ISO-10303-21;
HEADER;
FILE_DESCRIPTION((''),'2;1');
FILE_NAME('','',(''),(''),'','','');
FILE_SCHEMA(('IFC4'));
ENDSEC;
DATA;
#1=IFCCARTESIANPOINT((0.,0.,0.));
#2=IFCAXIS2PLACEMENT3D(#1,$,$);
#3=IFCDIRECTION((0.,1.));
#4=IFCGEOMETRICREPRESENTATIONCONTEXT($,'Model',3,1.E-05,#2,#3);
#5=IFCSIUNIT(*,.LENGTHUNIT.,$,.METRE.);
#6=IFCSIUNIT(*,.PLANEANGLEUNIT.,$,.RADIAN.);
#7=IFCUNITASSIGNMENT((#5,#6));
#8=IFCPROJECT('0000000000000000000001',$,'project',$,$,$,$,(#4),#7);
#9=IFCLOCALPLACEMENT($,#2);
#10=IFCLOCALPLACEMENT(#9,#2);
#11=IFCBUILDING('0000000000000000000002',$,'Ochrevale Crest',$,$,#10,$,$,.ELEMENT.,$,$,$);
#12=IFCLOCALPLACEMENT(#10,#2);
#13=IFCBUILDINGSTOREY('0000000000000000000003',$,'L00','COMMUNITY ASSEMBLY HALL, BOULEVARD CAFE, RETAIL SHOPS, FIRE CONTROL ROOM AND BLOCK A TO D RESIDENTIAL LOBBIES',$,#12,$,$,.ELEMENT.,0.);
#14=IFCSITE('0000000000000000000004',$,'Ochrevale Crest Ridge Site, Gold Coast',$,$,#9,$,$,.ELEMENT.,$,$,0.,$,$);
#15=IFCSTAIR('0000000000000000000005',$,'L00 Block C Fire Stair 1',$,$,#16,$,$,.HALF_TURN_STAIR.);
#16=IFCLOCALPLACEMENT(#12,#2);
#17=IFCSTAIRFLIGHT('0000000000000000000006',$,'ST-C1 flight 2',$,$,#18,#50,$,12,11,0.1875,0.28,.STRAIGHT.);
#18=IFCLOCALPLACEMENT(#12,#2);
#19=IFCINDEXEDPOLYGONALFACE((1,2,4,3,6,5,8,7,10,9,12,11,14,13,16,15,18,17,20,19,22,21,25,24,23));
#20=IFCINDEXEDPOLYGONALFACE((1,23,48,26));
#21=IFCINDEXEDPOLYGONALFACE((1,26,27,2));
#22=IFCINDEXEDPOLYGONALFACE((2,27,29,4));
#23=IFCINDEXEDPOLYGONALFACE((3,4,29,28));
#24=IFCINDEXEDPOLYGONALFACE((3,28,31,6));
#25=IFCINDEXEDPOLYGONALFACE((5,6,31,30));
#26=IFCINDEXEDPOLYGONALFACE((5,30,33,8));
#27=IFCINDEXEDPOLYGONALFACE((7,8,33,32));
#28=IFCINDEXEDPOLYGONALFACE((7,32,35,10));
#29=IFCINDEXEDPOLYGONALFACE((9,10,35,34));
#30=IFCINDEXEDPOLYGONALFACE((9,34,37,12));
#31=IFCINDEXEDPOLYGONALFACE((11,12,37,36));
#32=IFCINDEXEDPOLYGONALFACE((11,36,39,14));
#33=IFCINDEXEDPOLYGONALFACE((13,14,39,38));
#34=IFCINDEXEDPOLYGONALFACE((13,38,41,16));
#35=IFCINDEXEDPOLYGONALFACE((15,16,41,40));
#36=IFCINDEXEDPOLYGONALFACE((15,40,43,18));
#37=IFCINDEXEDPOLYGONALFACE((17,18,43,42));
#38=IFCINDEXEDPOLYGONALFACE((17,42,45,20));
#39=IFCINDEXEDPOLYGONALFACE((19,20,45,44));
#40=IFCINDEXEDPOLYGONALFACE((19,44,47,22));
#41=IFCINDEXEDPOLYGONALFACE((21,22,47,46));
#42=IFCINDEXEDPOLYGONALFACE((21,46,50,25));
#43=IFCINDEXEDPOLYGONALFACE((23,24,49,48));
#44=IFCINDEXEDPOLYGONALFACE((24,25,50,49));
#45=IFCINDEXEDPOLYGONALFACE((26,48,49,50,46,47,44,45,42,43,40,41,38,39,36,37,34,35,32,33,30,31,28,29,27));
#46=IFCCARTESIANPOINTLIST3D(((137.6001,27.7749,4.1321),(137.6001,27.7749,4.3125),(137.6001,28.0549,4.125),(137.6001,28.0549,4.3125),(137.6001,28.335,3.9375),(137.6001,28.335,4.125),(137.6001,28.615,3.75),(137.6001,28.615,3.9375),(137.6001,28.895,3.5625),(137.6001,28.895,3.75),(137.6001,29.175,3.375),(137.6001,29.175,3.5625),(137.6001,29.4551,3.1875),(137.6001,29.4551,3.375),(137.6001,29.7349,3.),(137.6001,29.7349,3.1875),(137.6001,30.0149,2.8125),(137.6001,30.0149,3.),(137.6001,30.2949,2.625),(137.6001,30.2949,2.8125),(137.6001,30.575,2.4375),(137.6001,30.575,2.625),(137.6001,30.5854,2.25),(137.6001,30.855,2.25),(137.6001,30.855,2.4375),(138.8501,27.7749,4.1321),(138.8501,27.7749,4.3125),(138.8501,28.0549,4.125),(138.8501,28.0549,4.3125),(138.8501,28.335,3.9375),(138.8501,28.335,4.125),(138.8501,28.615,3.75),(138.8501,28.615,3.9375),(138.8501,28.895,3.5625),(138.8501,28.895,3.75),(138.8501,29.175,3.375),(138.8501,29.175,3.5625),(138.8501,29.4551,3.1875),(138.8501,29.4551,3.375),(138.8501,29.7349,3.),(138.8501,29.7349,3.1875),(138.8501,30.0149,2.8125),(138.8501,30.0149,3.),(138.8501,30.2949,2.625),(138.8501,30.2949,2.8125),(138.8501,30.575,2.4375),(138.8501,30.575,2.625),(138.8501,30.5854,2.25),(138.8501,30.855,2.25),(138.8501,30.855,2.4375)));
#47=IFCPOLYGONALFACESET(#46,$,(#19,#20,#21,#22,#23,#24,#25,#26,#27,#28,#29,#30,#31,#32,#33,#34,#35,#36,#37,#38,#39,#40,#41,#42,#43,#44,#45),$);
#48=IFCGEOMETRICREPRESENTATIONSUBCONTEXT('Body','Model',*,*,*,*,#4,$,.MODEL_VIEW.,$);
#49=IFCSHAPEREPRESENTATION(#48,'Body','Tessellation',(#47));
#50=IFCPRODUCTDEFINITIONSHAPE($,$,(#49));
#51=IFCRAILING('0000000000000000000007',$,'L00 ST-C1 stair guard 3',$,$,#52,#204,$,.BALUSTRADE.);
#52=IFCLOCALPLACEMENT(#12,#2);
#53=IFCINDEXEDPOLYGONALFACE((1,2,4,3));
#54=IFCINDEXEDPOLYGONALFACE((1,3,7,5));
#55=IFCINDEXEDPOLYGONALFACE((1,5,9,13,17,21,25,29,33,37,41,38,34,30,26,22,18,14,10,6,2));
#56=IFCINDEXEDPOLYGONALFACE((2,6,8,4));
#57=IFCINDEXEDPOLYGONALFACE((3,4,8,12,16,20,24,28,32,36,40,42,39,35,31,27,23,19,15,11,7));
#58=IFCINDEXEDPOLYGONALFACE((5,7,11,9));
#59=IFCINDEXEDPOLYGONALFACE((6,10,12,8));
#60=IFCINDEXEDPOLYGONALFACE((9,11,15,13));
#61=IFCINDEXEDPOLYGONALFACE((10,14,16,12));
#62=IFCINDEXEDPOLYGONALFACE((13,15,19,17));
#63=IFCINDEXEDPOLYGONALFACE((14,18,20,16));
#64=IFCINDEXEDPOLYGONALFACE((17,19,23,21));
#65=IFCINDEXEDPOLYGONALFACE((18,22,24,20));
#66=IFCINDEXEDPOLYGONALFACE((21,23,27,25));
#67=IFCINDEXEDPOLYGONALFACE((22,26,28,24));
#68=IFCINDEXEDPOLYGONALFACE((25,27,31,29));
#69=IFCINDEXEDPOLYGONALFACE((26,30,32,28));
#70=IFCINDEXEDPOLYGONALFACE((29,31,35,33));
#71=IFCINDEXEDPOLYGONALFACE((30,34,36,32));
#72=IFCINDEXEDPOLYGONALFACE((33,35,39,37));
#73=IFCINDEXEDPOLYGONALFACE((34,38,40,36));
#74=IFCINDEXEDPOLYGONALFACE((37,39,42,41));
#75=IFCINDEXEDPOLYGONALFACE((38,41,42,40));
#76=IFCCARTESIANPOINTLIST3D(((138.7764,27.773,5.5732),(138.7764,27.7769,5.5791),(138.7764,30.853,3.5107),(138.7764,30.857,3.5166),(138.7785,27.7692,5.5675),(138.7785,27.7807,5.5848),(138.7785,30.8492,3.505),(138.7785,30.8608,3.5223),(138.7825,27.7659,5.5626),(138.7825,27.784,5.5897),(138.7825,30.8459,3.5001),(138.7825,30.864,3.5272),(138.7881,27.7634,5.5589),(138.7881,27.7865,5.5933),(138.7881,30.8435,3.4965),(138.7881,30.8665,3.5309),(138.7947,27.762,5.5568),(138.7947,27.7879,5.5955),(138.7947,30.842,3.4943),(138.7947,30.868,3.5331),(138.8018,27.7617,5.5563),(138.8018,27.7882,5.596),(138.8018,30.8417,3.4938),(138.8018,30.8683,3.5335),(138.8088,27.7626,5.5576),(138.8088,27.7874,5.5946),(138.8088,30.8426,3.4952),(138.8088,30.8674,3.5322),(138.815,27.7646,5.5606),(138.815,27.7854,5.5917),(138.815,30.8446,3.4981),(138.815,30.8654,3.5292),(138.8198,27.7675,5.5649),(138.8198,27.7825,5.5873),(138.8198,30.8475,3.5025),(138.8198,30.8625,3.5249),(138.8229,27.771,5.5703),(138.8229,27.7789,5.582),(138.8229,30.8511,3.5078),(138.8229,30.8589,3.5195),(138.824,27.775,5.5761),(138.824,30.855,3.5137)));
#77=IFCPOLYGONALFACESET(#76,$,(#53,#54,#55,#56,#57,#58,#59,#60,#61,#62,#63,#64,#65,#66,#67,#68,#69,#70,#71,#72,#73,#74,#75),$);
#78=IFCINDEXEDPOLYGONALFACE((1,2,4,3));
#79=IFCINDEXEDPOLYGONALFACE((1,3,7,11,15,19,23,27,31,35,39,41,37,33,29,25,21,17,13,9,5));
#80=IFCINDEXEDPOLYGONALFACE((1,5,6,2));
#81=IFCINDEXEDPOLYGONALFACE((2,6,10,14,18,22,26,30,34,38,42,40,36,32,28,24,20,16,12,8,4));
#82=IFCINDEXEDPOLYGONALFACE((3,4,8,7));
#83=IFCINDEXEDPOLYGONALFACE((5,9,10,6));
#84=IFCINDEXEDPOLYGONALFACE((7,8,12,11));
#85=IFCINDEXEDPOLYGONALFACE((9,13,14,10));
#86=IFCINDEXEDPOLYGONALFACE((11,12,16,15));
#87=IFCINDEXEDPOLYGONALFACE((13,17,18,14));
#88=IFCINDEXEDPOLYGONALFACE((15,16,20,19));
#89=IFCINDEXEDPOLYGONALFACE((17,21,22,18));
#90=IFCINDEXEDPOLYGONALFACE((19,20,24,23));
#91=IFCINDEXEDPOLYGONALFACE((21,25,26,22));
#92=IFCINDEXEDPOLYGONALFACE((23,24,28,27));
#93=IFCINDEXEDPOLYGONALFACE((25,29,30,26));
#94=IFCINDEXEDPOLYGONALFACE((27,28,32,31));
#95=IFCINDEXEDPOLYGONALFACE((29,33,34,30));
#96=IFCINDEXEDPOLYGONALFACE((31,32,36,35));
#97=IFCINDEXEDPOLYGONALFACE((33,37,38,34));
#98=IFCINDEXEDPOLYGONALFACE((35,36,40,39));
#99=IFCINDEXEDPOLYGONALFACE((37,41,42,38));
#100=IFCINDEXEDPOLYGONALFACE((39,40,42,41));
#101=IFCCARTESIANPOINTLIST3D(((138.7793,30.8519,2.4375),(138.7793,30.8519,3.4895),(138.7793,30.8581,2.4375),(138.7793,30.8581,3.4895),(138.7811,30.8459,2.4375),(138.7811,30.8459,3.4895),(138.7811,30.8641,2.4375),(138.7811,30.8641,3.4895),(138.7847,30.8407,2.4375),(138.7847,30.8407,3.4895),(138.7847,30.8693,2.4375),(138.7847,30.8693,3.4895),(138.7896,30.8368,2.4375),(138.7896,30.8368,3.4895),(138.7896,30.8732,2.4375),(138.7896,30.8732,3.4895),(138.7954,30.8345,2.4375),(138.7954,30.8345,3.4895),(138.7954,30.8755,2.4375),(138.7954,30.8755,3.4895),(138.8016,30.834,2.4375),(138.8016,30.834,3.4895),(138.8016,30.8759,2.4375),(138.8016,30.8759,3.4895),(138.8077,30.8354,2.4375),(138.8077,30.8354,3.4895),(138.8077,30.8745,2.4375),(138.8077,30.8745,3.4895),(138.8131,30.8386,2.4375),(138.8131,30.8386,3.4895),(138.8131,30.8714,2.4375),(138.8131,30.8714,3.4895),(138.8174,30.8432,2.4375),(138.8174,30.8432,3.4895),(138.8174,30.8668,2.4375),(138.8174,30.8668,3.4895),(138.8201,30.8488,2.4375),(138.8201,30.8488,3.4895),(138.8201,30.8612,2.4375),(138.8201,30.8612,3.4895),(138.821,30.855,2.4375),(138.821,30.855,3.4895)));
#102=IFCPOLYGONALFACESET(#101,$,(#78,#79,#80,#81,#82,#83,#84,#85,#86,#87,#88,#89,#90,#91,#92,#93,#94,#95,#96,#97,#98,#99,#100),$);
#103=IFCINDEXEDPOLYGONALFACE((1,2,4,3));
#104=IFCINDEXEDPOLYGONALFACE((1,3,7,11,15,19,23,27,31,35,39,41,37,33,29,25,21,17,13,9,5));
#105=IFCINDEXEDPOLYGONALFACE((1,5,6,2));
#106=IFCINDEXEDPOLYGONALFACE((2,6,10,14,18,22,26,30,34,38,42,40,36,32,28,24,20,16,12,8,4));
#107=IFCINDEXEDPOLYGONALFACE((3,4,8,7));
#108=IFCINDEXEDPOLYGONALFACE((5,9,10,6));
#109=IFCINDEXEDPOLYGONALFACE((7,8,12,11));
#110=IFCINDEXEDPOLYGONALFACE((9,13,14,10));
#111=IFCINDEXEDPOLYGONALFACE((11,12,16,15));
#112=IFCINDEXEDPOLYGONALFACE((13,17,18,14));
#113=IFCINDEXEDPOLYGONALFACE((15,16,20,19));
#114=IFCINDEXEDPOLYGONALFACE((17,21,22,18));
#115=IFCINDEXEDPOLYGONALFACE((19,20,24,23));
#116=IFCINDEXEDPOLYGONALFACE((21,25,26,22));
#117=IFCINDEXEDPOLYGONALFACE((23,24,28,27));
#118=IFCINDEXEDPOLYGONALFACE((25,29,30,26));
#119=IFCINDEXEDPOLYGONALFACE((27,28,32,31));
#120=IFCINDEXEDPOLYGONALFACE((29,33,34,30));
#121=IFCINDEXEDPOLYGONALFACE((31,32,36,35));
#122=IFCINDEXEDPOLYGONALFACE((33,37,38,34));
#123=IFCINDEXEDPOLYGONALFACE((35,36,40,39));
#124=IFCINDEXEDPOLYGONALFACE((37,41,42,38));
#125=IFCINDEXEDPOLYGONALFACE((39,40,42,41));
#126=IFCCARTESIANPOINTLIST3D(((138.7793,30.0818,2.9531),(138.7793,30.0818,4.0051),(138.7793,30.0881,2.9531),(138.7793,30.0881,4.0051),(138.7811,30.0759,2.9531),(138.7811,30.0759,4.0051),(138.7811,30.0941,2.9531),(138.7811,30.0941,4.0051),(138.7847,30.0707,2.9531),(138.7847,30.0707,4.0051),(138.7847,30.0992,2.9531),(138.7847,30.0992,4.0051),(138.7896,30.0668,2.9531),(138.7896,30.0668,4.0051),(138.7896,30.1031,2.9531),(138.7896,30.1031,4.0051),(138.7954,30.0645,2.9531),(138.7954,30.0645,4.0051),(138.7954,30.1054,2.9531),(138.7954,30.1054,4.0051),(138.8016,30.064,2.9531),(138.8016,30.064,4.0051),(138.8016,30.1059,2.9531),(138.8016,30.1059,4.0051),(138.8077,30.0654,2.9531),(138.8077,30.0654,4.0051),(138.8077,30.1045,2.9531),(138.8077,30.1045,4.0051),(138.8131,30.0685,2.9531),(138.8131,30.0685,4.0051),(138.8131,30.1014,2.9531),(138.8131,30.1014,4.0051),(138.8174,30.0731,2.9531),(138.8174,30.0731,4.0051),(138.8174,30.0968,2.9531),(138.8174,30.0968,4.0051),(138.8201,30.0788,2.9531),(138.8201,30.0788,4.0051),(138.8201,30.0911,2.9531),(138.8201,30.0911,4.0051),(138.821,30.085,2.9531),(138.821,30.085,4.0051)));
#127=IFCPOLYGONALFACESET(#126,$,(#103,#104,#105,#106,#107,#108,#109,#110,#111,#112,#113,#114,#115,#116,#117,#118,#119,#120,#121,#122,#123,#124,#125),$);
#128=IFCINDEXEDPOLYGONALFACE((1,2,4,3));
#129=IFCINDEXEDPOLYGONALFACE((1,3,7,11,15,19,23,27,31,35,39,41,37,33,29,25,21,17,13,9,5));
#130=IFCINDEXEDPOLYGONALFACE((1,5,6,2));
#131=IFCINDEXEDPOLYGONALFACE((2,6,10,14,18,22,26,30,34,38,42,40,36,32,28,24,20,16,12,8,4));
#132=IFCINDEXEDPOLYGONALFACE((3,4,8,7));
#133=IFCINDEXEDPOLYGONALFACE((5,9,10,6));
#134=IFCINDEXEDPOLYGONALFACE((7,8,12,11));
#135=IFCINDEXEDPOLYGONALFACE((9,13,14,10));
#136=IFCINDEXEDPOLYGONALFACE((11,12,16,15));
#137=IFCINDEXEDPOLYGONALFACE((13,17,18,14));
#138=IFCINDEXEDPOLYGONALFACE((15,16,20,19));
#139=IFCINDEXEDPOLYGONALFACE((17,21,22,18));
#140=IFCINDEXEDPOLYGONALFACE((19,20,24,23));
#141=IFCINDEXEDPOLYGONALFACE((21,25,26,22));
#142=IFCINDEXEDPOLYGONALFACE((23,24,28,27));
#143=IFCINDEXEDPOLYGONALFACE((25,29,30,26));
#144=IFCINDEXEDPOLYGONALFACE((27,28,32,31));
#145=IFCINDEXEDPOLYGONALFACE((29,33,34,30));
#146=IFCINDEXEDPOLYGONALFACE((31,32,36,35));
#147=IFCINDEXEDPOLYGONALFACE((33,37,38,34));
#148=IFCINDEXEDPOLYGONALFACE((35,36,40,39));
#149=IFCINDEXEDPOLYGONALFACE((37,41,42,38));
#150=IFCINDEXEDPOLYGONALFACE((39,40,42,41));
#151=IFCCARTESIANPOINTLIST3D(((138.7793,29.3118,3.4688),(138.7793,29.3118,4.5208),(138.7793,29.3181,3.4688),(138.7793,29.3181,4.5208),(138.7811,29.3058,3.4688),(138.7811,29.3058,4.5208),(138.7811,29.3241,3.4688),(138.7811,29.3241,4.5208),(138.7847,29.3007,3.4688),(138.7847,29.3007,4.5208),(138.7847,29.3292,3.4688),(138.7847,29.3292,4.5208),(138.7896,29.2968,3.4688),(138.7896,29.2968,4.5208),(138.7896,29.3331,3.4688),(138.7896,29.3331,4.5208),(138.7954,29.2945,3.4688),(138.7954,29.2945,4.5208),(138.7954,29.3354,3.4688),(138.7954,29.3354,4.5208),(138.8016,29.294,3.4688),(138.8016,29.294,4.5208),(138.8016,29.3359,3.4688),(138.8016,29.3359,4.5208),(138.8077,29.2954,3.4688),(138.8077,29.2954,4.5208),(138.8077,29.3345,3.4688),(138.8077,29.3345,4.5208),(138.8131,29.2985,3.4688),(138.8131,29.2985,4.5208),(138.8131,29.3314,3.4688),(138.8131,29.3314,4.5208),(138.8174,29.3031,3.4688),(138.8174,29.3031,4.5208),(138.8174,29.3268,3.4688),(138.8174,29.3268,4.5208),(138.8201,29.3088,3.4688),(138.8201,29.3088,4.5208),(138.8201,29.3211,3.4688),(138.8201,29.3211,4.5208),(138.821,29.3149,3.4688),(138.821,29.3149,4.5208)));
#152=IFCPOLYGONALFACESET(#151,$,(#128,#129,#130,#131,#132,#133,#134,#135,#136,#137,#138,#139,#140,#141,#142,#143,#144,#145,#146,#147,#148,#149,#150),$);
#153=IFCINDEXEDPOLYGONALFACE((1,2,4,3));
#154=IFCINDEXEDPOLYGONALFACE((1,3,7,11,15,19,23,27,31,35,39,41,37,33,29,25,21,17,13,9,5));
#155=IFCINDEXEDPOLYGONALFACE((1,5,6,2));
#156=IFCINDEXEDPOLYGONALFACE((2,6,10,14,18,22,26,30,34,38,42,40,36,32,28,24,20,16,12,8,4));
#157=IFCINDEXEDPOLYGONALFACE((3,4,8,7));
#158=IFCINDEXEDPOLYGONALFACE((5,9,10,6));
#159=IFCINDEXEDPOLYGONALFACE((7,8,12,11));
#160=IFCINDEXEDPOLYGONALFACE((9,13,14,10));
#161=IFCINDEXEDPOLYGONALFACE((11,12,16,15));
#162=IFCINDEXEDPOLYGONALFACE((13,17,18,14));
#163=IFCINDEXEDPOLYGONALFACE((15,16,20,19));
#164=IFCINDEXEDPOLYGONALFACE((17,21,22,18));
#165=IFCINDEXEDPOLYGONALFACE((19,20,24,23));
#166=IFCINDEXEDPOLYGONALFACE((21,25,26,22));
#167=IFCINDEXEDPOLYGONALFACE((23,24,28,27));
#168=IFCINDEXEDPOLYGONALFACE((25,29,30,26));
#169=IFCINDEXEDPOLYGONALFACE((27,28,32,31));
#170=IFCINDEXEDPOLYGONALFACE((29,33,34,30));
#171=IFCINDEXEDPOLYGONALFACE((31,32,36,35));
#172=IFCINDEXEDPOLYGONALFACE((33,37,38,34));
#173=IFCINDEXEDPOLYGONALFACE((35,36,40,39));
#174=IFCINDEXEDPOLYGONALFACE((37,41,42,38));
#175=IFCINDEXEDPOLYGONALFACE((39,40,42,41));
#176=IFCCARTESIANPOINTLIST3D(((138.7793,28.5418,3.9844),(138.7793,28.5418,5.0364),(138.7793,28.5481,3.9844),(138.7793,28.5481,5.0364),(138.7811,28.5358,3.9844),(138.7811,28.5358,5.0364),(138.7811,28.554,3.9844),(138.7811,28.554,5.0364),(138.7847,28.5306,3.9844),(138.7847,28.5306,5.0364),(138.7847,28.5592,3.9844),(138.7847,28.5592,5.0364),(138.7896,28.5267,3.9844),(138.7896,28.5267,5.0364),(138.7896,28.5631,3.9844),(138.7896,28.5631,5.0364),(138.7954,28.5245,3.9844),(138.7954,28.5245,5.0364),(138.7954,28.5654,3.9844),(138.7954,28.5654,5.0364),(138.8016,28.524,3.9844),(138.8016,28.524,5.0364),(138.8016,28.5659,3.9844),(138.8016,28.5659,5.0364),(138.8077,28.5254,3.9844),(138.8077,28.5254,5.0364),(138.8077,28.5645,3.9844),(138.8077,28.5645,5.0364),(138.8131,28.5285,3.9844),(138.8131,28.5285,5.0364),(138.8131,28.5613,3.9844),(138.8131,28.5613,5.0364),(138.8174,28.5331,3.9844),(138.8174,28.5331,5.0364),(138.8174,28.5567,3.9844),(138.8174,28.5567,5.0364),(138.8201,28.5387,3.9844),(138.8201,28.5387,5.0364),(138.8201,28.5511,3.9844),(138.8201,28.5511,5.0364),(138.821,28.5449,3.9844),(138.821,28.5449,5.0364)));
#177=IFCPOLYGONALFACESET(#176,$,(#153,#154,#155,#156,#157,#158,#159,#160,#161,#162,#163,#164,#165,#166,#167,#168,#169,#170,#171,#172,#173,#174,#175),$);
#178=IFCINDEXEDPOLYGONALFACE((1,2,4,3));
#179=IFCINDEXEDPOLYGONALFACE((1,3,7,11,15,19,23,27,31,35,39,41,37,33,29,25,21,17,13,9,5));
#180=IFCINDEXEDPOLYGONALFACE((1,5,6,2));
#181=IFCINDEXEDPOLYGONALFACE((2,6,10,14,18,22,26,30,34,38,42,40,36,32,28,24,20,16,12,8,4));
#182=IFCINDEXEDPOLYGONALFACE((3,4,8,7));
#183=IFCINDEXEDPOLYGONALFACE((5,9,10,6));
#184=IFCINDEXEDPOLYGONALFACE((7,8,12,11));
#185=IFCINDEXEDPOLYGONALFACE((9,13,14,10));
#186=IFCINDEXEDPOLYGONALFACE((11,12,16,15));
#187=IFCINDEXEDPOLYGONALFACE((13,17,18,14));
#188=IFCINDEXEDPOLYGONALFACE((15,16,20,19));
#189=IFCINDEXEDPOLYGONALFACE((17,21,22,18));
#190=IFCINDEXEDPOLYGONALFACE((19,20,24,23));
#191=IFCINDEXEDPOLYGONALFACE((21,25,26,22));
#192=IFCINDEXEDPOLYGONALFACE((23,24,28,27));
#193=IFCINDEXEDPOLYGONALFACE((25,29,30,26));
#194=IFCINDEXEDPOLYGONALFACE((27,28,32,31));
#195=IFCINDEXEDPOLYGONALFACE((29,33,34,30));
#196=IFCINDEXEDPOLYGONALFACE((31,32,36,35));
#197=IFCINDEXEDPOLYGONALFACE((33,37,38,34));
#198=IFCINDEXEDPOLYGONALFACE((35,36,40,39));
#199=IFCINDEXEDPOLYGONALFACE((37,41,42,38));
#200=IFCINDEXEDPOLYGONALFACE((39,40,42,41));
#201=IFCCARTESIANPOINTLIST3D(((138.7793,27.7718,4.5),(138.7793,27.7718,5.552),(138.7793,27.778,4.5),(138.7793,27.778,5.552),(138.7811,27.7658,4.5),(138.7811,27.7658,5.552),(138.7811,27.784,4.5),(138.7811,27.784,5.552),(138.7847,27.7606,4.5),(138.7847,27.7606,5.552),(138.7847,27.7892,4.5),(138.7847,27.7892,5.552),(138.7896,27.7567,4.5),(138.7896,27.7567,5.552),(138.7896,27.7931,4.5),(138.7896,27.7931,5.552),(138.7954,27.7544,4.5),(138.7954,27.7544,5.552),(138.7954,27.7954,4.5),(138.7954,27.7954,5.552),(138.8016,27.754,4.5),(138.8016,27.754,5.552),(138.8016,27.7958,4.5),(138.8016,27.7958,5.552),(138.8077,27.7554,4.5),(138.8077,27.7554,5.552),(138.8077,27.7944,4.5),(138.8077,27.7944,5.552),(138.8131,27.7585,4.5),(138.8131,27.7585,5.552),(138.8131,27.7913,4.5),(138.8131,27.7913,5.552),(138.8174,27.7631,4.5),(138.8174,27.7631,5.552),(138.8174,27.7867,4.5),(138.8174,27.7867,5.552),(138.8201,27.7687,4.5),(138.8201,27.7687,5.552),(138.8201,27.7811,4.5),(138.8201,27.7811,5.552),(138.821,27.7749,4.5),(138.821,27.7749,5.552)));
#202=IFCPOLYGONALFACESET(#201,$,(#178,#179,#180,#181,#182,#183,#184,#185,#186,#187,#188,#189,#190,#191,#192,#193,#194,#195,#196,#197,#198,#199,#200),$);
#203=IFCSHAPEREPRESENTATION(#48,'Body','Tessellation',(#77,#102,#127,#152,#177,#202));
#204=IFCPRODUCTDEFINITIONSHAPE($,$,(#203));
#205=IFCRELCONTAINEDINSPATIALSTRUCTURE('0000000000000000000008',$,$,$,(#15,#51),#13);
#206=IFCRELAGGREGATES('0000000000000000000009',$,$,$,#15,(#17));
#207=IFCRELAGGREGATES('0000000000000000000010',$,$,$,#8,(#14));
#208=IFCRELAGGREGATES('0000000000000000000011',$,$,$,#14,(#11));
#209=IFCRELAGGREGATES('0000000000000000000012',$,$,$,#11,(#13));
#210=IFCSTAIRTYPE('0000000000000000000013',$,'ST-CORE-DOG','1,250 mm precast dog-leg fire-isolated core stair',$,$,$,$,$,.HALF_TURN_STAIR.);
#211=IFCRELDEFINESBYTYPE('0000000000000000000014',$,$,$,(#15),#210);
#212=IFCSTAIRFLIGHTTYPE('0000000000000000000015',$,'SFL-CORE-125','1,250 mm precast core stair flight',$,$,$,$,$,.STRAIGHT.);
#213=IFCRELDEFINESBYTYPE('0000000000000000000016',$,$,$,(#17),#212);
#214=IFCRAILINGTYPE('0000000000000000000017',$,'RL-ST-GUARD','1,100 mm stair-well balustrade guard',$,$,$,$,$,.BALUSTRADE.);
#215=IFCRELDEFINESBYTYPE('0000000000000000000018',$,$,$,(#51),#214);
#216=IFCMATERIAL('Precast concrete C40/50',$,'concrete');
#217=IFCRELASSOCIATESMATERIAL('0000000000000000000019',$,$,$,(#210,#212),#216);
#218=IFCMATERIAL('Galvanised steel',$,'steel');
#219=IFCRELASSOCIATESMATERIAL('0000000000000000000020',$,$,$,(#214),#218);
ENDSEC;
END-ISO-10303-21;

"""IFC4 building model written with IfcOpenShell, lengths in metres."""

from ifc_helpers import new_model, si_unit, direction, frame, origin, origin_2d, place, context, subcontext, project, spatial, polyline, circle, outline, extrude, material, type_object, element, aggregate, save


model = new_model("IFC4")

# Units and contexts
model_context = context("Model", 3, precision=1e-05, world=origin(), true_north=direction((0.0, 1.0)))
body_context = subcontext(model_context, "Body", "Model", "MODEL_VIEW")
ifc_project = project(units=[si_unit("LENGTHUNIT", "METRE"), si_unit("PLANEANGLEUNIT", "RADIAN")], contexts=[model_context])

# Site, building, storey
site_placement = place(None, origin())
site = spatial("IfcSite", under=ifc_project, at=site_placement, Name="Ochrevale Crest Ridge Site, Gold Coast", CompositionType="ELEMENT", RefElevation=0.0)
building_placement = place(site_placement, origin())
building = spatial("IfcBuilding", under=site, at=building_placement, Name="Ochrevale Crest", CompositionType="ELEMENT")
storey_placement = place(building_placement, origin())
storey = spatial("IfcBuildingStorey", under=building, at=storey_placement, Name="L00", Description="COMMUNITY ASSEMBLY HALL, BOULEVARD CAFE, RETAIL SHOPS, FIRE CONTROL ROOM AND BLOCK A TO D RESIDENTIAL LOBBIES", CompositionType="ELEMENT", Elevation=0.0)

# Shared definitions
ifc_material_1 = material(Name="Precast concrete C40/50", Category="concrete")

# Stair, stair flight
stair_type = type_object("IfcStairType", Name="ST-CORE-DOG", Description="1,250 mm precast dog-leg fire-isolated core stair", PredefinedType="HALF_TURN_STAIR", material=ifc_material_1)
stair_placement = place(storey_placement, origin())
stair = element("IfcStair", 1, at=stair_placement, inside=storey, type_object=stair_type, Name="L00 Block C Fire Stair 1", PredefinedType="HALF_TURN_STAIR")
stair_flight_type = type_object("IfcStairFlightType", Name="SFL-CORE-125", Description="1,250 mm precast core stair flight", PredefinedType="STRAIGHT", material=ifc_material_1)
stair_flight_placement = place(storey_placement, frame((138.2251, 30.855, 2.25), z_axis=(0.0, 0.0, 1.0), x_axis=(0.0, -1.0, 0.0)))
stair_flight = element("IfcStairFlight", 2, at=stair_flight_placement, type_object=stair_flight_type, Name="ST-C1 flight 2", NumberOfRisers=12, NumberOfTreads=11, PredefinedType="STRAIGHT", RiserHeight=0.1875, TreadLength=0.28, context=body_context, shape_type="SweptSolid", body=[
    extrude(outline(polyline([(0.0, 0.0), (0.0, 0.1875), (0.28, 0.1875), (0.28, 0.375), (0.5601, 0.375), (0.5601, 0.5625), (0.8401, 0.5625), (0.8401, 0.75), (1.1201, 0.75), (1.1201, 0.9375), (1.3999, 0.9375), (1.3999, 1.125), (1.6799, 1.125), (1.6799, 1.3125), (1.96, 1.3125), (1.96, 1.5), (2.24, 1.5), (2.24, 1.6875), (2.52, 1.6875), (2.52, 1.875), (2.8, 1.875), (2.8, 2.0625), (3.0801, 2.0625), (3.0801, 2.25), (3.0801, 1.8821), (0.2695, 0.0), (0.0, 0.0)])), frame((0.0, 0.625, 0.0), z_axis=(0.0, -1.0, 0.0), x_axis=(1.0, 0.0, 0.0)), (0.0, 0.0, 1.0), 1.25),
])
aggregate(stair, [stair_flight])

# Railing
ifc_material_2 = material(Name="Galvanised steel", Category="steel")
railing_type_1 = type_object("IfcRailingType", Name="RL-ST-GUARD", Description="1,100 mm stair-well balustrade guard", PredefinedType="BALUSTRADE", material=ifc_material_2)
railing_1_placement = place(storey_placement, frame((138.8, 30.855, 2.4375)))
element("IfcRailing", 3, at=railing_1_placement, inside=storey, type_object=railing_type_1, Name="L00 ST-C1 stair guard 3", PredefinedType="BALUSTRADE", context=body_context, shape_type="SweptSolid", body=[
    extrude(circle(Radius=0.0239, at=origin_2d()), frame((0.0, 0.0, 1.0762), z_axis=(0.0, -0.830914, 0.556401), x_axis=(1.0, 0.0, 0.0)), (0.0, 0.0, 1.0), 3.7068),
    extrude(circle(Radius=0.021, at=origin_2d()), origin(), (0.0, 0.0, 1.0), 1.052),
    extrude(circle(Radius=0.021, at=origin_2d()), frame((0.0, -0.77, 0.5156)), (0.0, 0.0, 1.0), 1.052),
    extrude(circle(Radius=0.021, at=origin_2d()), frame((0.0, -1.54, 1.0312)), (0.0, 0.0, 1.0), 1.052),
    extrude(circle(Radius=0.021, at=origin_2d()), frame((0.0, -2.3101, 1.5469)), (0.0, 0.0, 1.0), 1.052),
    extrude(circle(Radius=0.021, at=origin_2d()), frame((0.0, -3.0801, 2.0625)), (0.0, 0.0, 1.0), 1.052),
])

save(model, "model.ifc")
